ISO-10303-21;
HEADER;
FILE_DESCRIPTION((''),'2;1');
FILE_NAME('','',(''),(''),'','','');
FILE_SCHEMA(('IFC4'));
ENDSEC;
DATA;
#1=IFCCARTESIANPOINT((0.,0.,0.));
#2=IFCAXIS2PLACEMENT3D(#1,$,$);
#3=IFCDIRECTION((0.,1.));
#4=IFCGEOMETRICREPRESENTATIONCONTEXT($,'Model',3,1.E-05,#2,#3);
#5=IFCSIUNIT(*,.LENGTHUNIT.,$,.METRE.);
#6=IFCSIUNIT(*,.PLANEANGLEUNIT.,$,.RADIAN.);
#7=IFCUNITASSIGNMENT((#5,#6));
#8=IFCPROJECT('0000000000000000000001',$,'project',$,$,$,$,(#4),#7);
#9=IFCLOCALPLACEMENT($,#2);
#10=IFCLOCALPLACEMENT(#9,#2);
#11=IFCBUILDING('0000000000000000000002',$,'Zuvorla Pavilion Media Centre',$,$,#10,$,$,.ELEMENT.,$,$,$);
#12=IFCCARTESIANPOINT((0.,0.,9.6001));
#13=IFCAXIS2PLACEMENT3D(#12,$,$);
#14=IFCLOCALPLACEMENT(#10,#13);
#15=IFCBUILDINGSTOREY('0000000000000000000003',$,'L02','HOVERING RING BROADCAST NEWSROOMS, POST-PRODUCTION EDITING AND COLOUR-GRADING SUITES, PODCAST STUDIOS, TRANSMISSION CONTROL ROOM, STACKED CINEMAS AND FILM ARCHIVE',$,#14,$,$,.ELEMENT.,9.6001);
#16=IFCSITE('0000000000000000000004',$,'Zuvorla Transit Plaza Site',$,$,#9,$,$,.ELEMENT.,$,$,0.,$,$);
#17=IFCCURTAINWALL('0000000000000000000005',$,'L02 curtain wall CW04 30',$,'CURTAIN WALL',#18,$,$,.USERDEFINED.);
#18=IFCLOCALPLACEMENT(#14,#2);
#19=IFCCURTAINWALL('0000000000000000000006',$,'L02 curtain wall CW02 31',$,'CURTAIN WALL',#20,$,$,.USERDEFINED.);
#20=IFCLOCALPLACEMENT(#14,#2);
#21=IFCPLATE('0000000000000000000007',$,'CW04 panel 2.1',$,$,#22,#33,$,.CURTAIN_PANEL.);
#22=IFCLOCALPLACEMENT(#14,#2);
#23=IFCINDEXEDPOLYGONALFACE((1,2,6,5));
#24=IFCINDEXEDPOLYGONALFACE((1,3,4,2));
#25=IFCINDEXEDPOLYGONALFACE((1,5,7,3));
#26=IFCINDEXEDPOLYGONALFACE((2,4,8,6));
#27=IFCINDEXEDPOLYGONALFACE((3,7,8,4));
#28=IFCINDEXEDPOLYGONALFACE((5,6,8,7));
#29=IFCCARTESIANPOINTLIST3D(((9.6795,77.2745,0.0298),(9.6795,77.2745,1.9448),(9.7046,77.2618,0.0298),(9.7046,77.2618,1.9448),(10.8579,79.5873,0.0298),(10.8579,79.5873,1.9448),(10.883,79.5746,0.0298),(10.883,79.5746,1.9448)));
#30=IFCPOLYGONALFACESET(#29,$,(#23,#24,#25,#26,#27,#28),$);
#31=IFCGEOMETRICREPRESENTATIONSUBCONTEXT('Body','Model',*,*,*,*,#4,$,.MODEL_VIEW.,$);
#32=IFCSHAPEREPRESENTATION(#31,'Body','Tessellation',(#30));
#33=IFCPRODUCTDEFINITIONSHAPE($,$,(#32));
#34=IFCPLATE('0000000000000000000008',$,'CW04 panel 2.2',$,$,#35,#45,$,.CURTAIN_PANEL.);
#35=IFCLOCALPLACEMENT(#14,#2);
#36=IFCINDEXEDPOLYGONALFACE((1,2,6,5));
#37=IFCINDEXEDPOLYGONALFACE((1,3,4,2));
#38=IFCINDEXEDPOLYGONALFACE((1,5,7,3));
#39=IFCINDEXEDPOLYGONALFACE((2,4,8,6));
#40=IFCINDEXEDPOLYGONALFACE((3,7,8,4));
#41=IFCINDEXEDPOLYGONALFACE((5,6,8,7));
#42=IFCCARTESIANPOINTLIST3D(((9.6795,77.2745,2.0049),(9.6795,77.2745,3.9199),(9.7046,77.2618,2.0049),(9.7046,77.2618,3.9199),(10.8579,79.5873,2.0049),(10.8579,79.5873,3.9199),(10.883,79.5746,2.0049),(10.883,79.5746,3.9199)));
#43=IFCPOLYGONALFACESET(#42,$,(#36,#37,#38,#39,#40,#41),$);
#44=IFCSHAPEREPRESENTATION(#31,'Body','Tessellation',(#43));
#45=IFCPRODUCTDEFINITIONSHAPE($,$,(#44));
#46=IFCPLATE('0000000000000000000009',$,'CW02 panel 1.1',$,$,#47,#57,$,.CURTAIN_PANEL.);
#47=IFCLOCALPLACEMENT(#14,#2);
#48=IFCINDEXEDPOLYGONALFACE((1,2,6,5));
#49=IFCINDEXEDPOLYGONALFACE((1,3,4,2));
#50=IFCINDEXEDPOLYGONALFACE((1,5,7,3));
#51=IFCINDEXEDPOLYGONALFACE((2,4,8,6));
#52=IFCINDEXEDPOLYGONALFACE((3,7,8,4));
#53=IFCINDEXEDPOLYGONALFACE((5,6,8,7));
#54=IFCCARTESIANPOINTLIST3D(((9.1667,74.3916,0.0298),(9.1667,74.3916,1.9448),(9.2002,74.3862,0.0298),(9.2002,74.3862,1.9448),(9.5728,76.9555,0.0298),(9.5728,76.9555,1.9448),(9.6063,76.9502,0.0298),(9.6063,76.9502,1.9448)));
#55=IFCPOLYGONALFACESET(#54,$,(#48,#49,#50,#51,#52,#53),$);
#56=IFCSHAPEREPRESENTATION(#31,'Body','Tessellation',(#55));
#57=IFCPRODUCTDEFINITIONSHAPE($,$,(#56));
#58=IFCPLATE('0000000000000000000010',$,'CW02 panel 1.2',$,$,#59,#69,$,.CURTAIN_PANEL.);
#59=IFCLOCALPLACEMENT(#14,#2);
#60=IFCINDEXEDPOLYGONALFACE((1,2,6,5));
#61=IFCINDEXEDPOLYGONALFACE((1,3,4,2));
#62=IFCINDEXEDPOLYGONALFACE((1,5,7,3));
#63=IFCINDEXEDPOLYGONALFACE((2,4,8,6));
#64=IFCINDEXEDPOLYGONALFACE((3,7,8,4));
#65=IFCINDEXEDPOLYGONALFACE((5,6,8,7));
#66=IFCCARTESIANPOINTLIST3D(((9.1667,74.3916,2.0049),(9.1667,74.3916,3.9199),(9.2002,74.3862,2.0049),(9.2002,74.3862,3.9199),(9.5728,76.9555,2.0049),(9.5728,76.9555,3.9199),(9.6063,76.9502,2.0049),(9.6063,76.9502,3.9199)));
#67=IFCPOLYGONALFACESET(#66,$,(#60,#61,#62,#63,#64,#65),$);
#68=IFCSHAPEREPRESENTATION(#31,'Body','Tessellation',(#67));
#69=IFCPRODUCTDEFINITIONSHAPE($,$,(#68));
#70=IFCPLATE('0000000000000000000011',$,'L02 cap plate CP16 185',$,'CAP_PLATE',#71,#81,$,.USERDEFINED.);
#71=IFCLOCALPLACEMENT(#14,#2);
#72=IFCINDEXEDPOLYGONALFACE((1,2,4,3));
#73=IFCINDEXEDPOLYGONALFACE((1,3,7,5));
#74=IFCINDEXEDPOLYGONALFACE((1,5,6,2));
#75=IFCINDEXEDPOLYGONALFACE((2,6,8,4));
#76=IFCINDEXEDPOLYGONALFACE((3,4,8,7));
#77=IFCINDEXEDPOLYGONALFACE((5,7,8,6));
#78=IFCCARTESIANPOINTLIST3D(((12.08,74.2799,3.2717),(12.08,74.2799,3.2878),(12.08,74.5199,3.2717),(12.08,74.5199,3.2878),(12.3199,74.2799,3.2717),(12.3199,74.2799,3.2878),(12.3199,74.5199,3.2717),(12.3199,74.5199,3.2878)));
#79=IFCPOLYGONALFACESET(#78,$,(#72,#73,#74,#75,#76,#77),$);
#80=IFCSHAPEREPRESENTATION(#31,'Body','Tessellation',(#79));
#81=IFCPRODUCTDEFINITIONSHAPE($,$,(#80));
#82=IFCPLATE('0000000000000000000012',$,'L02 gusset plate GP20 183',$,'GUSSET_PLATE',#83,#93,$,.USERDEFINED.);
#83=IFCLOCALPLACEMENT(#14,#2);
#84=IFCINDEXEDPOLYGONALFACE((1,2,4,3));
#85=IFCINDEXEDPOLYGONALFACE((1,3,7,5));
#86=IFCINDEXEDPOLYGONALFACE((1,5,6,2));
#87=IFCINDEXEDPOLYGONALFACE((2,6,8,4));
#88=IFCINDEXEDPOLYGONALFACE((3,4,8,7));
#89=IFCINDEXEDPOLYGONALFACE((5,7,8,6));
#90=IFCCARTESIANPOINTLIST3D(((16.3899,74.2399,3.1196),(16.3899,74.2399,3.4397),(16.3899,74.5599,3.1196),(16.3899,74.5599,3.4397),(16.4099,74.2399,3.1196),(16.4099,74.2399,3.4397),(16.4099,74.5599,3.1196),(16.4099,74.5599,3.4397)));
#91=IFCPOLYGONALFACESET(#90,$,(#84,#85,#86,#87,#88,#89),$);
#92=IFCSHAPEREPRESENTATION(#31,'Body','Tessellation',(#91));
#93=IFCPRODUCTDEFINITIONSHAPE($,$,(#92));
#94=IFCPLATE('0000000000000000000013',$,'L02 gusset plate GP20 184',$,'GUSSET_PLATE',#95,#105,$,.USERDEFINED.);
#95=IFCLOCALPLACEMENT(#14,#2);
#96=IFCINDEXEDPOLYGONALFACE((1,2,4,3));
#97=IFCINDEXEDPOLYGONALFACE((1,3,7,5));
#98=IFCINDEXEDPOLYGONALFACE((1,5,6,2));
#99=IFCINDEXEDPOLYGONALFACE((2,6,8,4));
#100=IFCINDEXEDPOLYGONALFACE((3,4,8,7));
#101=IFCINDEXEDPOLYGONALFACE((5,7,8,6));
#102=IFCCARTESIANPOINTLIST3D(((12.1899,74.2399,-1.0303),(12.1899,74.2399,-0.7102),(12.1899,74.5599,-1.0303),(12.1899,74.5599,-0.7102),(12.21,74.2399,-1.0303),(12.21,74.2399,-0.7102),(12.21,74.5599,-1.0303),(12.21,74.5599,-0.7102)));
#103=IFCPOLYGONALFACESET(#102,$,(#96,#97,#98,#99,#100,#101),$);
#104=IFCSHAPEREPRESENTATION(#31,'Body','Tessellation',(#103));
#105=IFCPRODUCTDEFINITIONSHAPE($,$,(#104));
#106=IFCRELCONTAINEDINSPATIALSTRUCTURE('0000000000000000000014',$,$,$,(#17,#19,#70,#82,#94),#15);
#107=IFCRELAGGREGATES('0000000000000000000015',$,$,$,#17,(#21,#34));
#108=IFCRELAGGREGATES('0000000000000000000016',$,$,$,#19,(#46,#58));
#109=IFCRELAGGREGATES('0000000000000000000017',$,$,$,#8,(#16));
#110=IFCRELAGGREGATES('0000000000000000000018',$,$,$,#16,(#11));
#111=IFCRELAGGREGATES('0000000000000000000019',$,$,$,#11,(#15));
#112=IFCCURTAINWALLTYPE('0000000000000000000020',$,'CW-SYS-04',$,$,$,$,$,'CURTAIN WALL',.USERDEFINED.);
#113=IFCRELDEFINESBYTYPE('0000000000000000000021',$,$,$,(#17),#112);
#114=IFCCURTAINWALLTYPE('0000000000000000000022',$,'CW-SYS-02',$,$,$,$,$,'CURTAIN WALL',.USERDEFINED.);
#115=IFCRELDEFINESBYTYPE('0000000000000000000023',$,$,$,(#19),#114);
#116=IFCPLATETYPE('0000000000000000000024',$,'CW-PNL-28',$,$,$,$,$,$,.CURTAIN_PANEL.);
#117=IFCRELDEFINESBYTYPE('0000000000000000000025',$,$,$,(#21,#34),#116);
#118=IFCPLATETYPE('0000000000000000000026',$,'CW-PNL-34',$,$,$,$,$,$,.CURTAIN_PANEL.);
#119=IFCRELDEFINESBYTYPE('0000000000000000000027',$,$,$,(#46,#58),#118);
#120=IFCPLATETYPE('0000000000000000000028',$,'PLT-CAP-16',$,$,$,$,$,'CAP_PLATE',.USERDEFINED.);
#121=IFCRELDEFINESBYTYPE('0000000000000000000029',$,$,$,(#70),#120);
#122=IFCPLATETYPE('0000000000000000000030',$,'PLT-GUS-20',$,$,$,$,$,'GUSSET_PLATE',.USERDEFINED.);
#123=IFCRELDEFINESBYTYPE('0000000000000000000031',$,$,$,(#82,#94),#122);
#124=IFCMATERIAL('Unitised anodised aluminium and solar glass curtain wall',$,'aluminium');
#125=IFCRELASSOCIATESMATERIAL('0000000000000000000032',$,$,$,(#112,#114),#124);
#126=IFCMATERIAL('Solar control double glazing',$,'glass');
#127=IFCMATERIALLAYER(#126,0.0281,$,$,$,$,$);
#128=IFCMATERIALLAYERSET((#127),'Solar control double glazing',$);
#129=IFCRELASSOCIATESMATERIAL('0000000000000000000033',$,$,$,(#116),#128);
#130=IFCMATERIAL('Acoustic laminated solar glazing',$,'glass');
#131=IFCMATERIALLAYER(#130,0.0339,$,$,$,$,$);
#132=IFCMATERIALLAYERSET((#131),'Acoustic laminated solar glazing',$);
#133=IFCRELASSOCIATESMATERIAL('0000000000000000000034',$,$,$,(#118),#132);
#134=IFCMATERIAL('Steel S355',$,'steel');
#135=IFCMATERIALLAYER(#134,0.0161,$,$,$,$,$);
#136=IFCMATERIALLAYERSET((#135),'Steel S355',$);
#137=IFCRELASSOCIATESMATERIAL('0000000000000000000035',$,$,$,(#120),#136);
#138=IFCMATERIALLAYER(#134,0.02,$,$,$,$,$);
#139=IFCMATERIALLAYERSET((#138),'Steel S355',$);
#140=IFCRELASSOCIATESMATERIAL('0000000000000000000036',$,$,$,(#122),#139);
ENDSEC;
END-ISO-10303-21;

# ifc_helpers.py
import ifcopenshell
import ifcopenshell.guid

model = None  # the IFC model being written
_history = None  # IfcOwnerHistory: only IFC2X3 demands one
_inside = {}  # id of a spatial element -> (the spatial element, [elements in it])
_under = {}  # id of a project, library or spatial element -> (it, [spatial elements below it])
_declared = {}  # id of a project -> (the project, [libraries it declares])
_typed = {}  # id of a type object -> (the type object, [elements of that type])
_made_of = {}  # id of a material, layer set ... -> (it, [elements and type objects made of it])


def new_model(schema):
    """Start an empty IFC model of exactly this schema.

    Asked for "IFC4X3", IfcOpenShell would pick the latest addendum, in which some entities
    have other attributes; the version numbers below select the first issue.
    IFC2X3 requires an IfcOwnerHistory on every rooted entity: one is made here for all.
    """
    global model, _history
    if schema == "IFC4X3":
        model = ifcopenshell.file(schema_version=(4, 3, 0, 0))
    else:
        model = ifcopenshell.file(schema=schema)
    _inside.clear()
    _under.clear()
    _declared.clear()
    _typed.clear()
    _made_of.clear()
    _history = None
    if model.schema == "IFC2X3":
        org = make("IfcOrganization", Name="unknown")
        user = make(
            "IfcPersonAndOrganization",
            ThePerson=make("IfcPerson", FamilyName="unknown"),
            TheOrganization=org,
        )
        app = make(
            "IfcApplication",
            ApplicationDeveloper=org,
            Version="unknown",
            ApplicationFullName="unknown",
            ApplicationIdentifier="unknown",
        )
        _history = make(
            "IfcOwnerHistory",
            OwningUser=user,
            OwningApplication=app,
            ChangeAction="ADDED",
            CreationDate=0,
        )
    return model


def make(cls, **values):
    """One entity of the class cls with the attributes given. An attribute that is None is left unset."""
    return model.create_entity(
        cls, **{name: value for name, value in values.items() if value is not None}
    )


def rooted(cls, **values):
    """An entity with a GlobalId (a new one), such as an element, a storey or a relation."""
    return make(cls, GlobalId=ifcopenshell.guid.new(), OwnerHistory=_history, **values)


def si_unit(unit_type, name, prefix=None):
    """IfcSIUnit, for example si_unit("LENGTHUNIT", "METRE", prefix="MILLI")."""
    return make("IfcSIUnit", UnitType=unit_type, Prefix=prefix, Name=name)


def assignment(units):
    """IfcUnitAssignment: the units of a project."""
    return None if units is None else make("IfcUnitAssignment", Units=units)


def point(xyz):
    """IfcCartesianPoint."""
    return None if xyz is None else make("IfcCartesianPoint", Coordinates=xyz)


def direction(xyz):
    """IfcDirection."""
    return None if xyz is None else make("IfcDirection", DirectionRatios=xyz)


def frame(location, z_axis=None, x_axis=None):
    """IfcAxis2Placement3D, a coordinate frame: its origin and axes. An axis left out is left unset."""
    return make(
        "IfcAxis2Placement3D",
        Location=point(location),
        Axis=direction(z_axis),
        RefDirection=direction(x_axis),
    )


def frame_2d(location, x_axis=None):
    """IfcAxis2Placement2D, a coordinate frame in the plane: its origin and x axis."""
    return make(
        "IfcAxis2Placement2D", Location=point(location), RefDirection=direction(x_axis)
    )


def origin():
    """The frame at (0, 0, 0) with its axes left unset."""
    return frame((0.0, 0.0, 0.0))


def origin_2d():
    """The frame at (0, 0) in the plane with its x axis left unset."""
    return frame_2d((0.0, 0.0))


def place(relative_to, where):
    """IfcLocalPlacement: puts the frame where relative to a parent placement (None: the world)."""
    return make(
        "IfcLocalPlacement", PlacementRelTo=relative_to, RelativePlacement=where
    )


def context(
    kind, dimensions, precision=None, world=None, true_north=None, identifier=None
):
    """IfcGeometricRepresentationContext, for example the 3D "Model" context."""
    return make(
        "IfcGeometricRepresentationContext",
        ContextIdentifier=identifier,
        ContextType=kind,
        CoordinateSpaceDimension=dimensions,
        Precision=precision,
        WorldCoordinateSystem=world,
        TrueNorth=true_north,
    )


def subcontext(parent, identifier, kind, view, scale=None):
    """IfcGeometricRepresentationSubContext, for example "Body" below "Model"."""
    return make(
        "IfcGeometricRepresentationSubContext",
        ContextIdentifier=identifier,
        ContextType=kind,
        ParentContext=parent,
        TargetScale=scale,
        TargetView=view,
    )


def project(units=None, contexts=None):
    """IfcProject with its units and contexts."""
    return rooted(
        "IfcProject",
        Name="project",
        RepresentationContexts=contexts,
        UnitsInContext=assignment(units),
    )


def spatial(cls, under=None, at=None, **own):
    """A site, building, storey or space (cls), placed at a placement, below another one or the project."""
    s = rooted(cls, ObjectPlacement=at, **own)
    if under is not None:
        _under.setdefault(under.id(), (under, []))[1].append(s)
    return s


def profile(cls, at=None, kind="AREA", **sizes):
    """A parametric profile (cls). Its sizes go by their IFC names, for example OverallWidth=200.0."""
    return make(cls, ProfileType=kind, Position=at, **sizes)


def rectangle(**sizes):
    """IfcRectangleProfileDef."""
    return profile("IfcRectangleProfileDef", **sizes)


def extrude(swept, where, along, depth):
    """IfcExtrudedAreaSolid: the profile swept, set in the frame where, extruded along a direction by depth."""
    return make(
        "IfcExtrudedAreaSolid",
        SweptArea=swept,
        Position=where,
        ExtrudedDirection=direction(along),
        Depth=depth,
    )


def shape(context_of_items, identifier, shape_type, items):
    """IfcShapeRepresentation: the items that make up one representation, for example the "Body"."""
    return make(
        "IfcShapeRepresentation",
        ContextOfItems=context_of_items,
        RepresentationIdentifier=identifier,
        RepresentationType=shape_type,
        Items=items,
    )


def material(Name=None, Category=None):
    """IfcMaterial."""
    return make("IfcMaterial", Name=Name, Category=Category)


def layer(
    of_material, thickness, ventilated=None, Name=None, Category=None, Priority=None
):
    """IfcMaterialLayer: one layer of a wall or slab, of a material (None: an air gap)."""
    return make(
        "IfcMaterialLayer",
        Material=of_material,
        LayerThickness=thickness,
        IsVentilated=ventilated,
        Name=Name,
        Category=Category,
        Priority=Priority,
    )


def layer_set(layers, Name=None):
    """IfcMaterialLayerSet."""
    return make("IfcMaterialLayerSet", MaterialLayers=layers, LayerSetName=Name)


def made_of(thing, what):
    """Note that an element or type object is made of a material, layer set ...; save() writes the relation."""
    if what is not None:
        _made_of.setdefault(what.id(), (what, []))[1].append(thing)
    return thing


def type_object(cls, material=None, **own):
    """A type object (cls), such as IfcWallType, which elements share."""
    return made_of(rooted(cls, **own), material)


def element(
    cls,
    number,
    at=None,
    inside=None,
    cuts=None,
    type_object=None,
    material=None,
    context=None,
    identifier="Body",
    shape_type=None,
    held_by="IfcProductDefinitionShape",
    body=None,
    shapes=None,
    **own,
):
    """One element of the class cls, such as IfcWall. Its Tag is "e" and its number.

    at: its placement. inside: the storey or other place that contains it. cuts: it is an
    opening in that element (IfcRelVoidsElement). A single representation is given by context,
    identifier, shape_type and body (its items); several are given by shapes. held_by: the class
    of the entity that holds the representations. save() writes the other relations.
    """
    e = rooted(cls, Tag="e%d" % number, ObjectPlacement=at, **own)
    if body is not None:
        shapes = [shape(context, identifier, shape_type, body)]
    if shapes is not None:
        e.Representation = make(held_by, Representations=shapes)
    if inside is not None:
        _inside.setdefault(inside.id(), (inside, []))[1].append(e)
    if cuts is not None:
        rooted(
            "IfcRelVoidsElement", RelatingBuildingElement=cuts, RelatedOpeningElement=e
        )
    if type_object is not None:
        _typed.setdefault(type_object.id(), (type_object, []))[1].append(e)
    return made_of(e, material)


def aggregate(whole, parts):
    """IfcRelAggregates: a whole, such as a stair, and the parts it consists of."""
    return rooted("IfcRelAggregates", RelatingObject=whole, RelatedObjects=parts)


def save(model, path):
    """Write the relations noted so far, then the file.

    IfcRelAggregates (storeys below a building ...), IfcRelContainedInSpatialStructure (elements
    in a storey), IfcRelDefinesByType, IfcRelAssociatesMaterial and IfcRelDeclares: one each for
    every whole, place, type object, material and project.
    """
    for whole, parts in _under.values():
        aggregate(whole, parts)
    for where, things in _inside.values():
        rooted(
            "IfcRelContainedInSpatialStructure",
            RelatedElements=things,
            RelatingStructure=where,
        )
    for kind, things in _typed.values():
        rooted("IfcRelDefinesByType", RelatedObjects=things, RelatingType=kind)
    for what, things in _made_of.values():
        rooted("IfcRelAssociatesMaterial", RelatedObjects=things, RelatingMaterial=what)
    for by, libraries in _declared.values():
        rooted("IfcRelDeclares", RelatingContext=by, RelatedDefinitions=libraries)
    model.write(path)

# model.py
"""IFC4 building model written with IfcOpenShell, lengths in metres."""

from ifc_helpers import new_model, si_unit, direction, frame, origin, origin_2d, place, context, subcontext, project, spatial, rectangle, extrude, material, layer, layer_set, type_object, element, aggregate, save


model = new_model("IFC4")

# Units and contexts
model_context = context("Model", 3, precision=1e-05, world=origin(), true_north=direction((0.0, 1.0)))
body_context = subcontext(model_context, "Body", "Model", "MODEL_VIEW")
ifc_project = project(units=[si_unit("LENGTHUNIT", "METRE"), si_unit("PLANEANGLEUNIT", "RADIAN")], contexts=[model_context])

# Site, building, storey
site_placement = place(None, origin())
site = spatial("IfcSite", under=ifc_project, at=site_placement, Name="Zuvorla Transit Plaza Site", CompositionType="ELEMENT", RefElevation=0.0)
building_placement = place(site_placement, origin())
building = spatial("IfcBuilding", under=site, at=building_placement, Name="Zuvorla Pavilion Media Centre", CompositionType="ELEMENT")
storey_placement = place(building_placement, frame((0.0, 0.0, 9.6001)))
storey = spatial("IfcBuildingStorey", under=building, at=storey_placement, Name="L02", Description="HOVERING RING BROADCAST NEWSROOMS, POST-PRODUCTION EDITING AND COLOUR-GRADING SUITES, PODCAST STUDIOS, TRANSMISSION CONTROL ROOM, STACKED CINEMAS AND FILM ARCHIVE", CompositionType="ELEMENT", Elevation=9.6001)

# Shared definitions
ifc_material_1 = material(Name="Steel S355", Category="steel")

# Curtain walls
ifc_material_2 = material(Name="Unitised anodised aluminium and solar glass curtain wall", Category="aluminium")
curtain_wall_type_1 = type_object("IfcCurtainWallType", Name="CW-SYS-04", ElementType="CURTAIN WALL", PredefinedType="USERDEFINED", material=ifc_material_2)
curtain_wall_1_placement = place(storey_placement, origin())
curtain_wall_1 = element("IfcCurtainWall", 1, at=curtain_wall_1_placement, inside=storey, type_object=curtain_wall_type_1, Name="L02 curtain wall CW04 30", ObjectType="CURTAIN WALL", PredefinedType="USERDEFINED")
curtain_wall_type_2 = type_object("IfcCurtainWallType", Name="CW-SYS-02", ElementType="CURTAIN WALL", PredefinedType="USERDEFINED", material=ifc_material_2)
curtain_wall_2_placement = place(storey_placement, origin())
curtain_wall_2 = element("IfcCurtainWall", 2, at=curtain_wall_2_placement, inside=storey, type_object=curtain_wall_type_2, Name="L02 curtain wall CW02 31", ObjectType="CURTAIN WALL", PredefinedType="USERDEFINED")

# Plates
ifc_material_3 = material(Name="Solar control double glazing", Category="glass")
ifc_layer_1 = layer(ifc_material_3, 0.0281)
ifc_layer_set_1 = layer_set([ifc_layer_1], Name="Solar control double glazing")
plate_type_1 = type_object("IfcPlateType", Name="CW-PNL-28", PredefinedType="CURTAIN_PANEL", material=ifc_layer_set_1)
plate_1_placement = place(storey_placement, frame((10.2812, 78.4246, 0.0298), z_axis=(0.0, 0.0, 1.0), x_axis=(-0.453986, -0.891009, 0.0)))
plate_1 = element("IfcPlate", 3, at=plate_1_placement, type_object=plate_type_1, Name="CW04 panel 2.1", PredefinedType="CURTAIN_PANEL", context=body_context, shape_type="SweptSolid", body=[
    extrude(rectangle(XDim=2.5957, YDim=0.0281, at=origin_2d()), origin(), (0.0, 0.0, 1.0), 1.915),
])
plate_2_placement = place(storey_placement, frame((10.2812, 78.4246, 2.0049), z_axis=(0.0, 0.0, 1.0), x_axis=(-0.453986, -0.891009, 0.0)))
plate_2 = element("IfcPlate", 4, at=plate_2_placement, type_object=plate_type_1, Name="CW04 panel 2.2", PredefinedType="CURTAIN_PANEL", context=body_context, shape_type="SweptSolid", body=[
    extrude(rectangle(XDim=2.5957, YDim=0.0281, at=origin_2d()), origin(), (0.0, 0.0, 1.0), 1.915),
])
aggregate(curtain_wall_1, [plate_1, plate_2])
ifc_material_4 = material(Name="Acoustic laminated solar glazing", Category="glass")
ifc_layer_2 = layer(ifc_material_4, 0.0339)
ifc_layer_set_2 = layer_set([ifc_layer_2], Name="Acoustic laminated solar glazing")
plate_type_2 = type_object("IfcPlateType", Name="CW-PNL-34", PredefinedType="CURTAIN_PANEL", material=ifc_layer_set_2)
plate_3_placement = place(storey_placement, frame((9.3865, 75.6709, 0.0298), z_axis=(0.0, 0.0, 1.0), x_axis=(-0.156429, -0.987689, 0.0)))
plate_3 = element("IfcPlate", 5, at=plate_3_placement, type_object=plate_type_2, Name="CW02 panel 1.1", PredefinedType="CURTAIN_PANEL", context=body_context, shape_type="SweptSolid", body=[
    extrude(rectangle(XDim=2.5959, YDim=0.0339, at=origin_2d()), origin(), (0.0, 0.0, 1.0), 1.915),
])
plate_4_placement = place(storey_placement, frame((9.3865, 75.6709, 2.0049), z_axis=(0.0, 0.0, 1.0), x_axis=(-0.156429, -0.987689, 0.0)))
plate_4 = element("IfcPlate", 6, at=plate_4_placement, type_object=plate_type_2, Name="CW02 panel 1.2", PredefinedType="CURTAIN_PANEL", context=body_context, shape_type="SweptSolid", body=[
    extrude(rectangle(XDim=2.5959, YDim=0.0339, at=origin_2d()), origin(), (0.0, 0.0, 1.0), 1.915),
])
aggregate(curtain_wall_2, [plate_3, plate_4])

# Plates
ifc_layer_3 = layer(ifc_material_1, 0.0161)
ifc_layer_set_3 = layer_set([ifc_layer_3], Name="Steel S355")
plate_type_3 = type_object("IfcPlateType", Name="PLT-CAP-16", ElementType="CAP_PLATE", PredefinedType="USERDEFINED", material=ifc_layer_set_3)
plate_5_placement = place(storey_placement, frame((12.2, 74.3999, 3.2717), z_axis=(0.0, 0.0, 1.0), x_axis=(1.0, 0.0, 0.0)))
element("IfcPlate", 7, at=plate_5_placement, inside=storey, type_object=plate_type_3, Name="L02 cap plate CP16 185", ObjectType="CAP_PLATE", PredefinedType="USERDEFINED", context=body_context, shape_type="SweptSolid", body=[
    extrude(rectangle(XDim=0.24, YDim=0.24, at=origin_2d()), origin(), (0.0, 0.0, 1.0), 0.0161),
])
ifc_layer_4 = layer(ifc_material_1, 0.02)
ifc_layer_set_4 = layer_set([ifc_layer_4], Name="Steel S355")
plate_type_4 = type_object("IfcPlateType", Name="PLT-GUS-20", ElementType="GUSSET_PLATE", PredefinedType="USERDEFINED", material=ifc_layer_set_4)
for number, where, z_axis, x_axis, name in (
    (8, (16.3999, 74.3999, 3.1196), (0.0, 0.0, 1.0), (1.0, 0.0, 0.0), "L02 gusset plate GP20 183"),
    (9, (12.2, 74.3999, -1.0303), (0.0, 0.0, 1.0), (1.0, 0.0, 0.0), "L02 gusset plate GP20 184"),
):
    element("IfcPlate", number, at=place(storey_placement, frame(where, z_axis=z_axis, x_axis=x_axis)), inside=storey, type_object=plate_type_4, Name=name, ObjectType="GUSSET_PLATE", PredefinedType="USERDEFINED", context=body_context, shape_type="SweptSolid", body=[
        extrude(rectangle(XDim=0.02, YDim=0.3201, at=origin_2d()), origin(), (0.0, 0.0, 1.0), 0.3201),
    ])

save(model, "model.ifc")
